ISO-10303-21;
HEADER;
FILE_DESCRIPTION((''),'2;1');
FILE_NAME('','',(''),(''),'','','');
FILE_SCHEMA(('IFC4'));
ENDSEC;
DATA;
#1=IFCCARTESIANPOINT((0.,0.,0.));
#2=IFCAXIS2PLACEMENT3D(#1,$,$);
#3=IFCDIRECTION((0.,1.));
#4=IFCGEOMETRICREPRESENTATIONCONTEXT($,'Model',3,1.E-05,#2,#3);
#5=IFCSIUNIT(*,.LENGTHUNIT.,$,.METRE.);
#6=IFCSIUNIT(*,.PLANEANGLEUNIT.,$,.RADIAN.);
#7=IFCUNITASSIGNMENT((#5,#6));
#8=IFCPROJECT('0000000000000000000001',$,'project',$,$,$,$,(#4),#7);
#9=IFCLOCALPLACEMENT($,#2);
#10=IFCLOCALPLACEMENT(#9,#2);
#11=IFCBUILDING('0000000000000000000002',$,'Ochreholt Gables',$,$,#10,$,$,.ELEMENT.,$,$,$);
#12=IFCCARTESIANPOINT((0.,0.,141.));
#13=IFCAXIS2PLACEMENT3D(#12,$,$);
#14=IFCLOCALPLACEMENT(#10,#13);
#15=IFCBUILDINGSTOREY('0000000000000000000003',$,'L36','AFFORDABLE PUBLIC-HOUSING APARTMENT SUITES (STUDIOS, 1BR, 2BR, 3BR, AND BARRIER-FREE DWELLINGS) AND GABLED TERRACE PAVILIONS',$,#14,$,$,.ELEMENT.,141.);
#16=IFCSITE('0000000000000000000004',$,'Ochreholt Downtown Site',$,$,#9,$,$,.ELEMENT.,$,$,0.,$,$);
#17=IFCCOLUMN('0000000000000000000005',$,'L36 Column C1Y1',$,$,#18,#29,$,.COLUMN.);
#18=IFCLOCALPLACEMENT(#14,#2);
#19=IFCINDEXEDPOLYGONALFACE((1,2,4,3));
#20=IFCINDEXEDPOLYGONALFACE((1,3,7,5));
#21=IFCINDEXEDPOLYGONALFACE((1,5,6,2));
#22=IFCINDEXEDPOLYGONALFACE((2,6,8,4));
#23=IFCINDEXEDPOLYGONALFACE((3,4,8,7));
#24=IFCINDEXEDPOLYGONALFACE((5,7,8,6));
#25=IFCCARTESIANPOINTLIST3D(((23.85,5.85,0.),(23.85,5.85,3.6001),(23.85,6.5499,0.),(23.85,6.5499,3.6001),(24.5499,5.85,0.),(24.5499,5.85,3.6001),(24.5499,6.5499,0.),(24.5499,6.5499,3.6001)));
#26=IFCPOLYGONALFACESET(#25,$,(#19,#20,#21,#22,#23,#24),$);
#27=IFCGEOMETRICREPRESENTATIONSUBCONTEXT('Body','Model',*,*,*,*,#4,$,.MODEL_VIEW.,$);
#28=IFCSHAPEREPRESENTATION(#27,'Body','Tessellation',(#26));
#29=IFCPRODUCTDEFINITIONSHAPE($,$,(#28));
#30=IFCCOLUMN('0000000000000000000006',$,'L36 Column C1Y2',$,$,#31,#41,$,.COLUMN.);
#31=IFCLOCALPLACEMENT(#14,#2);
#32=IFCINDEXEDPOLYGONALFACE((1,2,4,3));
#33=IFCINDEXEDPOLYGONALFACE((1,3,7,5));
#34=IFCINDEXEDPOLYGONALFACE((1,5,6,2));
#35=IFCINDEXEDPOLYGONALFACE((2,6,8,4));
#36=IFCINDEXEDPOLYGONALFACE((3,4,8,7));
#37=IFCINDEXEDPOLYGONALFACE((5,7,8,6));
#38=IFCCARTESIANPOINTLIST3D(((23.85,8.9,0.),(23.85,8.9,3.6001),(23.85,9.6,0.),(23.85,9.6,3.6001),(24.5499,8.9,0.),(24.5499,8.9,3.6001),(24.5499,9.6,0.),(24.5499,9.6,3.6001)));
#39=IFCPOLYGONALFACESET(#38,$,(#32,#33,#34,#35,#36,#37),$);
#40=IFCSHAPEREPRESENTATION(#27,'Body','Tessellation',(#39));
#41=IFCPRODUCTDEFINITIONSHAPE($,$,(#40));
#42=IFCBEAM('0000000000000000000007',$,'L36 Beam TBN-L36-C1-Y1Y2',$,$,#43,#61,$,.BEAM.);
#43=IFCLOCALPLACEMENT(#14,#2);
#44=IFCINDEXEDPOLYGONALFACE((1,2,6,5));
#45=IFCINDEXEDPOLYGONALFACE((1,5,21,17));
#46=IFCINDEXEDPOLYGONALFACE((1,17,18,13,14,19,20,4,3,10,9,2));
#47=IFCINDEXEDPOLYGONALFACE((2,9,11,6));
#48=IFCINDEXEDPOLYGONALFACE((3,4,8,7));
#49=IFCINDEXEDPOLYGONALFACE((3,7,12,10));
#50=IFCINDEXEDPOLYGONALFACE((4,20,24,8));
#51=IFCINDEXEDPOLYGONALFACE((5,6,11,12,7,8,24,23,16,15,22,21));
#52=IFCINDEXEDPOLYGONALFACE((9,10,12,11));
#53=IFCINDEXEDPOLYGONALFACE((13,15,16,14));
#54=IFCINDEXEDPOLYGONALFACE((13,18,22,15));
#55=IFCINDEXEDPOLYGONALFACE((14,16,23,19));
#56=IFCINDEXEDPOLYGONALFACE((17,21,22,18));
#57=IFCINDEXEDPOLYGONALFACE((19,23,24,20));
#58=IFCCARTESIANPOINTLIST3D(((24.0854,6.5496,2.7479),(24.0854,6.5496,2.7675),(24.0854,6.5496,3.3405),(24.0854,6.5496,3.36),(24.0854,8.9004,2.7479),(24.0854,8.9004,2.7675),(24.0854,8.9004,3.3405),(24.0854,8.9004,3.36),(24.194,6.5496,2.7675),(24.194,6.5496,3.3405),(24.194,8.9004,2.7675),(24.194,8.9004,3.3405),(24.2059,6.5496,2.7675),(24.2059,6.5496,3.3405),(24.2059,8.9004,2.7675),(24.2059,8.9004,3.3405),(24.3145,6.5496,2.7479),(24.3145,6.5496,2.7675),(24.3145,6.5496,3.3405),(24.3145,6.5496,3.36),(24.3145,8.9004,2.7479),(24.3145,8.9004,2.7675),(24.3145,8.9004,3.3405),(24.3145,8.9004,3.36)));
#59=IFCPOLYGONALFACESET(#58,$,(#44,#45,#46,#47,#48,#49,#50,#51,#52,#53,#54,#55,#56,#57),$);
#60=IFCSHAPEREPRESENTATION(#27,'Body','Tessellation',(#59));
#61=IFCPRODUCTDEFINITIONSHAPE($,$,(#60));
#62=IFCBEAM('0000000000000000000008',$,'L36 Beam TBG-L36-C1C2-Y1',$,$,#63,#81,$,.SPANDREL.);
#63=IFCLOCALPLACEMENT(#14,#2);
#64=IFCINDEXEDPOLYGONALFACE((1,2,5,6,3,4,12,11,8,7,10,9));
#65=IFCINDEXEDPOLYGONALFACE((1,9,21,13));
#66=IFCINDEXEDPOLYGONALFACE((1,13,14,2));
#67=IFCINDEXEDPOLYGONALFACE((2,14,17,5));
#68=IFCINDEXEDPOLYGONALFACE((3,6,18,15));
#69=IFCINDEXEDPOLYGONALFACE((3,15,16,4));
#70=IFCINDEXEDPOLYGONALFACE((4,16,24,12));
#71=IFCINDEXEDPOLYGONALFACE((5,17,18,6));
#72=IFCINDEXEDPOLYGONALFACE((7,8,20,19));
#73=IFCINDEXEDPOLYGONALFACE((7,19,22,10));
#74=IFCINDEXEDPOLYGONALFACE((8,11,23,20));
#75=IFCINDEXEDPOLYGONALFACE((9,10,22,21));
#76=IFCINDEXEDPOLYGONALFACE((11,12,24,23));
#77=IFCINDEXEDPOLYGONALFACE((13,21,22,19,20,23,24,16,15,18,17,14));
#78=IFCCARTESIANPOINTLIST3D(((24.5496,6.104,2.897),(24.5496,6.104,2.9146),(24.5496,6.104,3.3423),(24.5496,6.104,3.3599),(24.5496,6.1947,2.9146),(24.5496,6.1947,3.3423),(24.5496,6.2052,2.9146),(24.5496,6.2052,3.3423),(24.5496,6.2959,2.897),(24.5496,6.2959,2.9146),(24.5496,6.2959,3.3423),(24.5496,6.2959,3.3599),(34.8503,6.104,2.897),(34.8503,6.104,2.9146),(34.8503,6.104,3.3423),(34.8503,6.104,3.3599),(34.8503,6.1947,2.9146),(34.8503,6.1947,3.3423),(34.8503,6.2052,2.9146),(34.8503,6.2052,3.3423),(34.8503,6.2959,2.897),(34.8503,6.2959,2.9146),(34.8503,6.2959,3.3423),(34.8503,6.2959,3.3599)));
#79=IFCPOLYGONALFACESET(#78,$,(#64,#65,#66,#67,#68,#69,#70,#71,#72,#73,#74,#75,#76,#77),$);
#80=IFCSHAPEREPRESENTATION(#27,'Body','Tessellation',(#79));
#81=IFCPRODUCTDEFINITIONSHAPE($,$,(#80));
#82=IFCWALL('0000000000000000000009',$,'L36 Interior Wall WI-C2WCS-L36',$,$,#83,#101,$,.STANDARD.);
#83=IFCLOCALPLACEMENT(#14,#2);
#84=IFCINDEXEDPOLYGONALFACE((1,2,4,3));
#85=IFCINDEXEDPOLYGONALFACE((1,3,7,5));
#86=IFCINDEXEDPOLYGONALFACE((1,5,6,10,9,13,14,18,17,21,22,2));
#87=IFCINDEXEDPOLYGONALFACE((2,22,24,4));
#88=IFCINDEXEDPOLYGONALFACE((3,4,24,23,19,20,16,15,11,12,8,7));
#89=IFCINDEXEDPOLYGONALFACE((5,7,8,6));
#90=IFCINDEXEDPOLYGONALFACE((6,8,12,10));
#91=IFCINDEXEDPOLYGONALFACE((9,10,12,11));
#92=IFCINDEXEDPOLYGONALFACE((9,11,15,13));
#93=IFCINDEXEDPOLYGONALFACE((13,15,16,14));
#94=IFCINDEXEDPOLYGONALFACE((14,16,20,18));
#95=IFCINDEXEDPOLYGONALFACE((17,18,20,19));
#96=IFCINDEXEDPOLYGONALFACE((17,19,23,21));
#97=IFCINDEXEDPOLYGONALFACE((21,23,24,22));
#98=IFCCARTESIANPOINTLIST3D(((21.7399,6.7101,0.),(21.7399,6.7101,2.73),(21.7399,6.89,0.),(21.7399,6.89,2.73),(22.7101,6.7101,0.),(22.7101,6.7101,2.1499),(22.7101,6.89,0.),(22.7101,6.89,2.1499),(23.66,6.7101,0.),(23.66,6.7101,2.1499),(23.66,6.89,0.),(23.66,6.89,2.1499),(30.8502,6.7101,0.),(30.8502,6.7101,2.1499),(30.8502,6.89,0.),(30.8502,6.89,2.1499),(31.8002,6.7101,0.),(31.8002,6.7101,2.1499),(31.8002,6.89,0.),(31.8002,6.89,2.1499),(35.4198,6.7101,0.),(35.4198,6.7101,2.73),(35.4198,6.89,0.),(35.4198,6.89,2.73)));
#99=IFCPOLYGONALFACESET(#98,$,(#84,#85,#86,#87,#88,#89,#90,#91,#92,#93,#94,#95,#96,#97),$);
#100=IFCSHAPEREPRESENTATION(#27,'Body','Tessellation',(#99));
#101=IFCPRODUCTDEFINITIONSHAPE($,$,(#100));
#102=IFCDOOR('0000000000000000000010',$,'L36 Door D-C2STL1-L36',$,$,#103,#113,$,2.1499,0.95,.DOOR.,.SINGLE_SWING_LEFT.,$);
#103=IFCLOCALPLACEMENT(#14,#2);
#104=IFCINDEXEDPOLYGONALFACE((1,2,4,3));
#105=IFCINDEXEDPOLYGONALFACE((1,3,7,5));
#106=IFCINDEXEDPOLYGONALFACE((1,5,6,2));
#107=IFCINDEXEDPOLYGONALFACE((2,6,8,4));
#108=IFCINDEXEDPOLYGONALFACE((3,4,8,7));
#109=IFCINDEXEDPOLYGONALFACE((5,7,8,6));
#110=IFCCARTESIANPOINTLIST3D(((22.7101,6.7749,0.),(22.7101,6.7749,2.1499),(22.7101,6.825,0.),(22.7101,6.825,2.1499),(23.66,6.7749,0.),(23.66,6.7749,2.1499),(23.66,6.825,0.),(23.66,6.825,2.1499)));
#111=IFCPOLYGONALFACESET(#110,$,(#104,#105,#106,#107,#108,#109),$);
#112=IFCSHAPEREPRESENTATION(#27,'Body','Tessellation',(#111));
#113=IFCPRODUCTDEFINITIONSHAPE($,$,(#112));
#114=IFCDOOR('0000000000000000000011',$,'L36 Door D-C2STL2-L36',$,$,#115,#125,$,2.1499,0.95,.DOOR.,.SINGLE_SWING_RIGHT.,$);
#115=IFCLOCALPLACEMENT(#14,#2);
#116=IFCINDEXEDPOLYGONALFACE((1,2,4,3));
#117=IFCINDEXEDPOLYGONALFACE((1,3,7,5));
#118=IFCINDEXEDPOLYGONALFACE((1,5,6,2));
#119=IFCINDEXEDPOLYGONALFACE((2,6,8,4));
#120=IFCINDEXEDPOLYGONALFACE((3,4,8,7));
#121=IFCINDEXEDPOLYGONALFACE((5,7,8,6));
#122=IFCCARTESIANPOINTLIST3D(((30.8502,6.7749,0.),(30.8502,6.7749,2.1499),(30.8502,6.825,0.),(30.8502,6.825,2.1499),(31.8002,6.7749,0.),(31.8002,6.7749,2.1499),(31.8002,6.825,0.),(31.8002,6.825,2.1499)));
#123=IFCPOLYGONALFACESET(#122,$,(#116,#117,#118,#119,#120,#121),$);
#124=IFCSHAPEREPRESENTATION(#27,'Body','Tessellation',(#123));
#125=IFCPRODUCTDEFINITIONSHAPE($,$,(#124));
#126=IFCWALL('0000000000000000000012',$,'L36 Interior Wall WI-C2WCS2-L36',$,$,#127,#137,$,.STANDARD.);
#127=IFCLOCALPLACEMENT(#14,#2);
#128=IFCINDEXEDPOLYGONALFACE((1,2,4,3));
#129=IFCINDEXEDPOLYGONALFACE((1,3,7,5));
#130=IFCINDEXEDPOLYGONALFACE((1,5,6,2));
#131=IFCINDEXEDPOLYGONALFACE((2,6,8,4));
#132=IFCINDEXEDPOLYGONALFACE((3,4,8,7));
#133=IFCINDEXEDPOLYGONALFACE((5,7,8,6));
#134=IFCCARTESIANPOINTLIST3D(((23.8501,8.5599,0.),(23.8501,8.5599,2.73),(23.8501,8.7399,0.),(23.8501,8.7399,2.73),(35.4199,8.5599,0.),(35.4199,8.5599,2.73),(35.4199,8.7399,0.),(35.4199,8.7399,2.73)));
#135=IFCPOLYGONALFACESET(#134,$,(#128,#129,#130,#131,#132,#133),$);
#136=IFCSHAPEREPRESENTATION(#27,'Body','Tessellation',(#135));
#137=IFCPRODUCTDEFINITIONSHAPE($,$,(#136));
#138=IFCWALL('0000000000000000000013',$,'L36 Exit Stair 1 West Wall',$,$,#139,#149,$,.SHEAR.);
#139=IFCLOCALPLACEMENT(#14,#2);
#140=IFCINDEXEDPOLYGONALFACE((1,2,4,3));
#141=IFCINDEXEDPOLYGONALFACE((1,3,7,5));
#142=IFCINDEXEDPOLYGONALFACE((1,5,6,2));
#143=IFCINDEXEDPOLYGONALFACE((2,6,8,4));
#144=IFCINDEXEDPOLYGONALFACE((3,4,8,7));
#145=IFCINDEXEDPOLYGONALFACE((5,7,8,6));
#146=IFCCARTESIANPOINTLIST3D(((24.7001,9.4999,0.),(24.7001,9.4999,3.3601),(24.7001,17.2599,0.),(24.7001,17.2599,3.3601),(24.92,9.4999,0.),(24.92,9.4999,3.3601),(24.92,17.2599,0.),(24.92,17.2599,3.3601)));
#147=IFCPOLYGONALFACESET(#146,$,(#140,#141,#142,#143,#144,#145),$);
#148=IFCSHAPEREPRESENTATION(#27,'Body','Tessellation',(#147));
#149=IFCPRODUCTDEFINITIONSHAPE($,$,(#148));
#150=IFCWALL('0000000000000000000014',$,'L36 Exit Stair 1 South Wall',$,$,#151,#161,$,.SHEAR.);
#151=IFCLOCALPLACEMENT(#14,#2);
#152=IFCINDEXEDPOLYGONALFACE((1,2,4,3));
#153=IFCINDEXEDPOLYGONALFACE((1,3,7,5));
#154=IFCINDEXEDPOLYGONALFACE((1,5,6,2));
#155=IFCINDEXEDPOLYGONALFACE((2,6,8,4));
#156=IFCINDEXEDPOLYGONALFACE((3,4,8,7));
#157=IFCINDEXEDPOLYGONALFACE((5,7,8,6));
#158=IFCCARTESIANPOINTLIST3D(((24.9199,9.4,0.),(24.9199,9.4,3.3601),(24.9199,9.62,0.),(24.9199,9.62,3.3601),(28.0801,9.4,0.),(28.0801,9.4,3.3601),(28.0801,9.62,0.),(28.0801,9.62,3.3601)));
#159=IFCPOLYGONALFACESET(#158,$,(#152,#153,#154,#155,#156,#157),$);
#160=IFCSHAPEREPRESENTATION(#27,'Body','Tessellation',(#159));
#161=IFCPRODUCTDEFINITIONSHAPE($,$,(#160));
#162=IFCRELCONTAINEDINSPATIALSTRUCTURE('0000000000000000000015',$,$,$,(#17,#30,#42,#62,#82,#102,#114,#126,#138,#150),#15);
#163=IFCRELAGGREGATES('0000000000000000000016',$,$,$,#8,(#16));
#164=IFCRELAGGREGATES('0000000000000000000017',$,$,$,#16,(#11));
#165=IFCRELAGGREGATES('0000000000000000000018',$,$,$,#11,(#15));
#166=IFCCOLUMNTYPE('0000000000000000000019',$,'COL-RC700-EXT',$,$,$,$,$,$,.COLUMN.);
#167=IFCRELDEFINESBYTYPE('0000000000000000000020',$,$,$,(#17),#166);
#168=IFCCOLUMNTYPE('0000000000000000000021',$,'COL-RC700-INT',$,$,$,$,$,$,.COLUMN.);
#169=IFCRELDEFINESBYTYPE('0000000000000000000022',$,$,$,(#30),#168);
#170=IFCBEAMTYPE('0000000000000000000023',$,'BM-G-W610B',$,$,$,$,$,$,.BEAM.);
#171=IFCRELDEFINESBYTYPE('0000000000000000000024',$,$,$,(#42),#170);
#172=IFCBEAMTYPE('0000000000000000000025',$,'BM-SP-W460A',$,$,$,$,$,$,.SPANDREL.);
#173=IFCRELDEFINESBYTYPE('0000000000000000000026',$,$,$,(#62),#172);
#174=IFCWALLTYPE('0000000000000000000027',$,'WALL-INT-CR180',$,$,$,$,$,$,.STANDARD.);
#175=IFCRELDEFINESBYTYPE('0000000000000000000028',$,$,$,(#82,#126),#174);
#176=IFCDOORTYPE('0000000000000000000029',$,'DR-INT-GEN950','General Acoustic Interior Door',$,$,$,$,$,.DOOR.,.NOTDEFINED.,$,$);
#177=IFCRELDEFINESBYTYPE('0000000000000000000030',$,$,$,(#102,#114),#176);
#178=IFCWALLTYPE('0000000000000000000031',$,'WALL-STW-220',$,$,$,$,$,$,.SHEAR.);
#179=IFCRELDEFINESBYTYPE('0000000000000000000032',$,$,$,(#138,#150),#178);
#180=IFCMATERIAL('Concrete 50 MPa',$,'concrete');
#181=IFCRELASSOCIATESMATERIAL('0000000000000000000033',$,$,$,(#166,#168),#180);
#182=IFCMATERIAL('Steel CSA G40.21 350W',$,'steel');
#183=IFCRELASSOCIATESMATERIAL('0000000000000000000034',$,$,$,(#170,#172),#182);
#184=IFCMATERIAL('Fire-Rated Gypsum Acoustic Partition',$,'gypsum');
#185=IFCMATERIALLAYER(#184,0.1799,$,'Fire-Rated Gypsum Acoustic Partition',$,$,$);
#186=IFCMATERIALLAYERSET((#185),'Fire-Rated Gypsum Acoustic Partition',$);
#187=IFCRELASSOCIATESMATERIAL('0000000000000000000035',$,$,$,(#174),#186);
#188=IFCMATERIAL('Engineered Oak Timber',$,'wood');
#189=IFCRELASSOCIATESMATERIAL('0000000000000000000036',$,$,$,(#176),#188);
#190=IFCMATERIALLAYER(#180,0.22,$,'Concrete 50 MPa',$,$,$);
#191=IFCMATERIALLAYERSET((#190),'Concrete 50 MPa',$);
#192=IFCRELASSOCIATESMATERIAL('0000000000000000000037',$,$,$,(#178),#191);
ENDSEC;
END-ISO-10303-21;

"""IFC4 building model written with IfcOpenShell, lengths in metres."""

from ifc_helpers import new_model, si_unit, direction, frame, frame_2d, origin, origin_2d, place, context, subcontext, project, spatial, rectangle, i_section, extrude, material, layer, layer_set, material_profile, profile_set, type_object, element, fill, save


model = new_model("IFC4")

# Units and contexts
model_context = context("Model", 3, precision=1e-05, world=origin(), true_north=direction((0.0, 1.0)))
body_context = subcontext(model_context, "Body", "Model", "MODEL_VIEW")
ifc_project = project(units=[si_unit("LENGTHUNIT", "METRE"), si_unit("PLANEANGLEUNIT", "RADIAN")], contexts=[model_context])

# Site, building, storey
site_placement = place(None, origin())
site = spatial("IfcSite", under=ifc_project, at=site_placement, Name="Ochreholt Downtown Site", CompositionType="ELEMENT", RefElevation=0.0)
building_placement = place(site_placement, origin())
building = spatial("IfcBuilding", under=site, at=building_placement, Name="Ochreholt Gables", CompositionType="ELEMENT")
storey_placement = place(building_placement, frame((0.0, 0.0, 141.0)))
storey = spatial("IfcBuildingStorey", under=building, at=storey_placement, Name="L36", Description="AFFORDABLE PUBLIC-HOUSING APARTMENT SUITES (STUDIOS, 1BR, 2BR, 3BR, AND BARRIER-FREE DWELLINGS) AND GABLED TERRACE PAVILIONS", CompositionType="ELEMENT", Elevation=141.0)

# Columns
ifc_material_1 = material(Name="Concrete 50 MPa", Category="concrete")
ifc_material_profile_1 = material_profile(ifc_material_1, rectangle(XDim=0.7, YDim=0.7, at=origin_2d()), Name="RC700X700")
ifc_profile_set_1 = profile_set([ifc_material_profile_1], Name="Concrete 50 MPa")
column_type_1 = type_object("IfcColumnType", Name="COL-RC700-EXT", PredefinedType="COLUMN", material=ifc_profile_set_1)
column_1_placement = place(storey_placement, frame((24.2, 6.2, 0.0), z_axis=(0.0, 0.0, 1.0), x_axis=(1.0, 0.0, 0.0)))
element("IfcColumn", 1, at=column_1_placement, inside=storey, type_object=column_type_1, Name="L36 Column C1Y1", PredefinedType="COLUMN", context=body_context, shape_type="SweptSolid", body=[
    extrude(rectangle(XDim=0.7, YDim=0.7, at=origin_2d()), origin(), (0.0, 0.0, 1.0), 3.6001),
])
ifc_material_profile_2 = material_profile(ifc_material_1, rectangle(XDim=0.7, YDim=0.7, at=origin_2d()), Name="RC700X700")
ifc_profile_set_2 = profile_set([ifc_material_profile_2], Name="Concrete 50 MPa")
column_type_2 = type_object("IfcColumnType", Name="COL-RC700-INT", PredefinedType="COLUMN", material=ifc_profile_set_2)
column_2_placement = place(storey_placement, frame((24.2, 9.25, 0.0), z_axis=(0.0, 0.0, 1.0), x_axis=(1.0, 0.0, 0.0)))
element("IfcColumn", 2, at=column_2_placement, inside=storey, type_object=column_type_2, Name="L36 Column C1Y2", PredefinedType="COLUMN", context=body_context, shape_type="SweptSolid", body=[
    extrude(rectangle(XDim=0.7, YDim=0.7, at=origin_2d()), origin(), (0.0, 0.0, 1.0), 3.6001),
])

# Beams
ifc_material_2 = material(Name="Steel CSA G40.21 350W", Category="steel")
ifc_material_profile_3 = material_profile(ifc_material_2, i_section(OverallWidth=0.229, OverallDepth=0.6121, WebThickness=0.012, FlangeThickness=0.0195, at=origin_2d()), Name="W610X125")
ifc_profile_set_3 = profile_set([ifc_material_profile_3], Name="Steel CSA G40.21 350W")
beam_type_1 = type_object("IfcBeamType", Name="BM-G-W610B", PredefinedType="BEAM", material=ifc_profile_set_3)
beam_1_placement = place(storey_placement, frame((24.2, 6.5496, 3.054), z_axis=(0.0, 1.0, 0.0), x_axis=(-1.0, 0.0, 0.0)))
element("IfcBeam", 3, at=beam_1_placement, inside=storey, type_object=beam_type_1, Name="L36 Beam TBN-L36-C1-Y1Y2", PredefinedType="BEAM", context=body_context, shape_type="SweptSolid", body=[
    extrude(i_section(OverallWidth=0.229, OverallDepth=0.6121, WebThickness=0.012, FlangeThickness=0.0195, at=origin_2d()), origin(), (0.0, 0.0, 1.0), 2.3508),
])
ifc_material_profile_4 = material_profile(ifc_material_2, i_section(OverallWidth=0.1919, OverallDepth=0.4629, WebThickness=0.0105, FlangeThickness=0.0176, at=origin_2d()), Name="W460X89")
ifc_profile_set_4 = profile_set([ifc_material_profile_4], Name="Steel CSA G40.21 350W")
beam_type_2 = type_object("IfcBeamType", Name="BM-SP-W460A", PredefinedType="SPANDREL", material=ifc_profile_set_4)
beam_2_placement = place(storey_placement, frame((24.5496, 6.2, 3.1284), z_axis=(1.0, 0.0, 0.0), x_axis=(0.0, 1.0, 0.0)))
element("IfcBeam", 4, at=beam_2_placement, inside=storey, type_object=beam_type_2, Name="L36 Beam TBG-L36-C1C2-Y1", PredefinedType="SPANDREL", context=body_context, shape_type="SweptSolid", body=[
    extrude(i_section(OverallWidth=0.1919, OverallDepth=0.4629, WebThickness=0.0105, FlangeThickness=0.0176, at=origin_2d()), origin(), (0.0, 0.0, 1.0), 10.3008),
])

# Wall, openings, doors
ifc_material_3 = material(Name="Fire-Rated Gypsum Acoustic Partition", Category="gypsum")
ifc_layer_1 = layer(ifc_material_3, 0.1799, Name="Fire-Rated Gypsum Acoustic Partition")
ifc_layer_set_1 = layer_set([ifc_layer_1], Name="Fire-Rated Gypsum Acoustic Partition")
wall_type_1 = type_object("IfcWallType", Name="WALL-INT-CR180", PredefinedType="STANDARD", material=ifc_layer_set_1)
wall_1_placement = place(storey_placement, frame((21.74, 6.8, 0.0), z_axis=(0.0, 0.0, 1.0), x_axis=(1.0, 0.0, 0.0)))
wall_1 = element("IfcWall", 5, at=wall_1_placement, inside=storey, type_object=wall_type_1, Name="L36 Interior Wall WI-C2WCS-L36", PredefinedType="STANDARD", context=body_context, shape_type="SweptSolid", body=[
    extrude(rectangle(XDim=13.6799, YDim=0.1799, at=frame_2d((6.8398, 0.0))), origin(), (0.0, 0.0, 1.0), 2.73),
])
opening_1_placement = place(wall_1_placement, frame((0.97, 0.0, 0.0)))
opening_1 = element("IfcOpeningElement", 6, at=opening_1_placement, cuts=wall_1, PredefinedType="OPENING", context=body_context, shape_type="SweptSolid", body=[
    extrude(rectangle(XDim=0.95, YDim=2.1499, at=frame_2d((0.4751, 1.075))), frame((0.0, 0.0999, 0.0), z_axis=(0.0, -1.0, 0.0), x_axis=(1.0, 0.0, 0.0)), (0.0, 0.0, 1.0), 0.2),
])
opening_2_placement = place(wall_1_placement, frame((9.1101, 0.0, 0.0)))
opening_2 = element("IfcOpeningElement", 7, at=opening_2_placement, cuts=wall_1, PredefinedType="OPENING", context=body_context, shape_type="SweptSolid", body=[
    extrude(rectangle(XDim=0.95, YDim=2.1499, at=frame_2d((0.4751, 1.075))), frame((0.0, 0.0999, 0.0), z_axis=(0.0, -1.0, 0.0), x_axis=(1.0, 0.0, 0.0)), (0.0, 0.0, 1.0), 0.2),
])
ifc_material_4 = material(Name="Engineered Oak Timber", Category="wood")
door_type_1 = type_object("IfcDoorType", Name="DR-INT-GEN950", Description="General Acoustic Interior Door", OperationType="NOTDEFINED", PredefinedType="DOOR", material=ifc_material_4)
door_1_placement = place(opening_1_placement, origin())
door_1 = element("IfcDoor", 8, at=door_1_placement, inside=storey, type_object=door_type_1, Name="L36 Door D-C2STL1-L36", OperationType="SINGLE_SWING_LEFT", OverallHeight=2.1499, OverallWidth=0.95, PredefinedType="DOOR", context=body_context, shape_type="SweptSolid", body=[
    extrude(rectangle(XDim=0.95, YDim=2.1499, at=frame_2d((0.4751, 1.075))), frame((0.0, 0.0249, 0.0), z_axis=(0.0, -1.0, 0.0), x_axis=(1.0, 0.0, 0.0)), (0.0, 0.0, 1.0), 0.05),
])
fill(opening_1, door_1)
door_2_placement = place(opening_2_placement, origin())
door_2 = element("IfcDoor", 9, at=door_2_placement, inside=storey, type_object=door_type_1, Name="L36 Door D-C2STL2-L36", OperationType="SINGLE_SWING_RIGHT", OverallHeight=2.1499, OverallWidth=0.95, PredefinedType="DOOR", context=body_context, shape_type="SweptSolid", body=[
    extrude(rectangle(XDim=0.95, YDim=2.1499, at=frame_2d((0.4751, 1.075))), frame((0.0, 0.0249, 0.0), z_axis=(0.0, -1.0, 0.0), x_axis=(1.0, 0.0, 0.0)), (0.0, 0.0, 1.0), 0.05),
])
fill(opening_2, door_2)

# Walls
wall_2_placement = place(storey_placement, frame((23.8501, 8.6499, 0.0), z_axis=(0.0, 0.0, 1.0), x_axis=(1.0, 0.0, 0.0)))
element("IfcWall", 10, at=wall_2_placement, inside=storey, type_object=wall_type_1, Name="L36 Interior Wall WI-C2WCS2-L36", PredefinedType="STANDARD", context=body_context, shape_type="SweptSolid", body=[
    extrude(rectangle(XDim=11.5698, YDim=0.1799, at=frame_2d((5.7849, 0.0))), origin(), (0.0, 0.0, 1.0), 2.73),
])
ifc_layer_2 = layer(ifc_material_1, 0.22, Name="Concrete 50 MPa")
ifc_layer_set_2 = layer_set([ifc_layer_2], Name="Concrete 50 MPa")
wall_type_2 = type_object("IfcWallType", Name="WALL-STW-220", PredefinedType="SHEAR", material=ifc_layer_set_2)
wall_3_placement = place(storey_placement, frame((24.8101, 9.5, 0.0), z_axis=(0.0, 0.0, 1.0), x_axis=(0.0, 1.0, 0.0)))
element("IfcWall", 11, at=wall_3_placement, inside=storey, type_object=wall_type_2, Name="L36 Exit Stair 1 West Wall", PredefinedType="SHEAR", context=body_context, shape_type="SweptSolid", body=[
    extrude(rectangle(XDim=7.76, YDim=0.22, at=frame_2d((3.8799, 0.0))), origin(), (0.0, 0.0, 1.0), 3.3601),
])
wall_4_placement = place(storey_placement, frame((24.9199, 9.51, 0.0), z_axis=(0.0, 0.0, 1.0), x_axis=(1.0, 0.0, 0.0)))
element("IfcWall", 12, at=wall_4_placement, inside=storey, type_object=wall_type_2, Name="L36 Exit Stair 1 South Wall", PredefinedType="SHEAR", context=body_context, shape_type="SweptSolid", body=[
    extrude(rectangle(XDim=3.1602, YDim=0.22, at=frame_2d((1.5801, 0.0))), origin(), (0.0, 0.0, 1.0), 3.3601),
])

save(model, "model.ifc")
